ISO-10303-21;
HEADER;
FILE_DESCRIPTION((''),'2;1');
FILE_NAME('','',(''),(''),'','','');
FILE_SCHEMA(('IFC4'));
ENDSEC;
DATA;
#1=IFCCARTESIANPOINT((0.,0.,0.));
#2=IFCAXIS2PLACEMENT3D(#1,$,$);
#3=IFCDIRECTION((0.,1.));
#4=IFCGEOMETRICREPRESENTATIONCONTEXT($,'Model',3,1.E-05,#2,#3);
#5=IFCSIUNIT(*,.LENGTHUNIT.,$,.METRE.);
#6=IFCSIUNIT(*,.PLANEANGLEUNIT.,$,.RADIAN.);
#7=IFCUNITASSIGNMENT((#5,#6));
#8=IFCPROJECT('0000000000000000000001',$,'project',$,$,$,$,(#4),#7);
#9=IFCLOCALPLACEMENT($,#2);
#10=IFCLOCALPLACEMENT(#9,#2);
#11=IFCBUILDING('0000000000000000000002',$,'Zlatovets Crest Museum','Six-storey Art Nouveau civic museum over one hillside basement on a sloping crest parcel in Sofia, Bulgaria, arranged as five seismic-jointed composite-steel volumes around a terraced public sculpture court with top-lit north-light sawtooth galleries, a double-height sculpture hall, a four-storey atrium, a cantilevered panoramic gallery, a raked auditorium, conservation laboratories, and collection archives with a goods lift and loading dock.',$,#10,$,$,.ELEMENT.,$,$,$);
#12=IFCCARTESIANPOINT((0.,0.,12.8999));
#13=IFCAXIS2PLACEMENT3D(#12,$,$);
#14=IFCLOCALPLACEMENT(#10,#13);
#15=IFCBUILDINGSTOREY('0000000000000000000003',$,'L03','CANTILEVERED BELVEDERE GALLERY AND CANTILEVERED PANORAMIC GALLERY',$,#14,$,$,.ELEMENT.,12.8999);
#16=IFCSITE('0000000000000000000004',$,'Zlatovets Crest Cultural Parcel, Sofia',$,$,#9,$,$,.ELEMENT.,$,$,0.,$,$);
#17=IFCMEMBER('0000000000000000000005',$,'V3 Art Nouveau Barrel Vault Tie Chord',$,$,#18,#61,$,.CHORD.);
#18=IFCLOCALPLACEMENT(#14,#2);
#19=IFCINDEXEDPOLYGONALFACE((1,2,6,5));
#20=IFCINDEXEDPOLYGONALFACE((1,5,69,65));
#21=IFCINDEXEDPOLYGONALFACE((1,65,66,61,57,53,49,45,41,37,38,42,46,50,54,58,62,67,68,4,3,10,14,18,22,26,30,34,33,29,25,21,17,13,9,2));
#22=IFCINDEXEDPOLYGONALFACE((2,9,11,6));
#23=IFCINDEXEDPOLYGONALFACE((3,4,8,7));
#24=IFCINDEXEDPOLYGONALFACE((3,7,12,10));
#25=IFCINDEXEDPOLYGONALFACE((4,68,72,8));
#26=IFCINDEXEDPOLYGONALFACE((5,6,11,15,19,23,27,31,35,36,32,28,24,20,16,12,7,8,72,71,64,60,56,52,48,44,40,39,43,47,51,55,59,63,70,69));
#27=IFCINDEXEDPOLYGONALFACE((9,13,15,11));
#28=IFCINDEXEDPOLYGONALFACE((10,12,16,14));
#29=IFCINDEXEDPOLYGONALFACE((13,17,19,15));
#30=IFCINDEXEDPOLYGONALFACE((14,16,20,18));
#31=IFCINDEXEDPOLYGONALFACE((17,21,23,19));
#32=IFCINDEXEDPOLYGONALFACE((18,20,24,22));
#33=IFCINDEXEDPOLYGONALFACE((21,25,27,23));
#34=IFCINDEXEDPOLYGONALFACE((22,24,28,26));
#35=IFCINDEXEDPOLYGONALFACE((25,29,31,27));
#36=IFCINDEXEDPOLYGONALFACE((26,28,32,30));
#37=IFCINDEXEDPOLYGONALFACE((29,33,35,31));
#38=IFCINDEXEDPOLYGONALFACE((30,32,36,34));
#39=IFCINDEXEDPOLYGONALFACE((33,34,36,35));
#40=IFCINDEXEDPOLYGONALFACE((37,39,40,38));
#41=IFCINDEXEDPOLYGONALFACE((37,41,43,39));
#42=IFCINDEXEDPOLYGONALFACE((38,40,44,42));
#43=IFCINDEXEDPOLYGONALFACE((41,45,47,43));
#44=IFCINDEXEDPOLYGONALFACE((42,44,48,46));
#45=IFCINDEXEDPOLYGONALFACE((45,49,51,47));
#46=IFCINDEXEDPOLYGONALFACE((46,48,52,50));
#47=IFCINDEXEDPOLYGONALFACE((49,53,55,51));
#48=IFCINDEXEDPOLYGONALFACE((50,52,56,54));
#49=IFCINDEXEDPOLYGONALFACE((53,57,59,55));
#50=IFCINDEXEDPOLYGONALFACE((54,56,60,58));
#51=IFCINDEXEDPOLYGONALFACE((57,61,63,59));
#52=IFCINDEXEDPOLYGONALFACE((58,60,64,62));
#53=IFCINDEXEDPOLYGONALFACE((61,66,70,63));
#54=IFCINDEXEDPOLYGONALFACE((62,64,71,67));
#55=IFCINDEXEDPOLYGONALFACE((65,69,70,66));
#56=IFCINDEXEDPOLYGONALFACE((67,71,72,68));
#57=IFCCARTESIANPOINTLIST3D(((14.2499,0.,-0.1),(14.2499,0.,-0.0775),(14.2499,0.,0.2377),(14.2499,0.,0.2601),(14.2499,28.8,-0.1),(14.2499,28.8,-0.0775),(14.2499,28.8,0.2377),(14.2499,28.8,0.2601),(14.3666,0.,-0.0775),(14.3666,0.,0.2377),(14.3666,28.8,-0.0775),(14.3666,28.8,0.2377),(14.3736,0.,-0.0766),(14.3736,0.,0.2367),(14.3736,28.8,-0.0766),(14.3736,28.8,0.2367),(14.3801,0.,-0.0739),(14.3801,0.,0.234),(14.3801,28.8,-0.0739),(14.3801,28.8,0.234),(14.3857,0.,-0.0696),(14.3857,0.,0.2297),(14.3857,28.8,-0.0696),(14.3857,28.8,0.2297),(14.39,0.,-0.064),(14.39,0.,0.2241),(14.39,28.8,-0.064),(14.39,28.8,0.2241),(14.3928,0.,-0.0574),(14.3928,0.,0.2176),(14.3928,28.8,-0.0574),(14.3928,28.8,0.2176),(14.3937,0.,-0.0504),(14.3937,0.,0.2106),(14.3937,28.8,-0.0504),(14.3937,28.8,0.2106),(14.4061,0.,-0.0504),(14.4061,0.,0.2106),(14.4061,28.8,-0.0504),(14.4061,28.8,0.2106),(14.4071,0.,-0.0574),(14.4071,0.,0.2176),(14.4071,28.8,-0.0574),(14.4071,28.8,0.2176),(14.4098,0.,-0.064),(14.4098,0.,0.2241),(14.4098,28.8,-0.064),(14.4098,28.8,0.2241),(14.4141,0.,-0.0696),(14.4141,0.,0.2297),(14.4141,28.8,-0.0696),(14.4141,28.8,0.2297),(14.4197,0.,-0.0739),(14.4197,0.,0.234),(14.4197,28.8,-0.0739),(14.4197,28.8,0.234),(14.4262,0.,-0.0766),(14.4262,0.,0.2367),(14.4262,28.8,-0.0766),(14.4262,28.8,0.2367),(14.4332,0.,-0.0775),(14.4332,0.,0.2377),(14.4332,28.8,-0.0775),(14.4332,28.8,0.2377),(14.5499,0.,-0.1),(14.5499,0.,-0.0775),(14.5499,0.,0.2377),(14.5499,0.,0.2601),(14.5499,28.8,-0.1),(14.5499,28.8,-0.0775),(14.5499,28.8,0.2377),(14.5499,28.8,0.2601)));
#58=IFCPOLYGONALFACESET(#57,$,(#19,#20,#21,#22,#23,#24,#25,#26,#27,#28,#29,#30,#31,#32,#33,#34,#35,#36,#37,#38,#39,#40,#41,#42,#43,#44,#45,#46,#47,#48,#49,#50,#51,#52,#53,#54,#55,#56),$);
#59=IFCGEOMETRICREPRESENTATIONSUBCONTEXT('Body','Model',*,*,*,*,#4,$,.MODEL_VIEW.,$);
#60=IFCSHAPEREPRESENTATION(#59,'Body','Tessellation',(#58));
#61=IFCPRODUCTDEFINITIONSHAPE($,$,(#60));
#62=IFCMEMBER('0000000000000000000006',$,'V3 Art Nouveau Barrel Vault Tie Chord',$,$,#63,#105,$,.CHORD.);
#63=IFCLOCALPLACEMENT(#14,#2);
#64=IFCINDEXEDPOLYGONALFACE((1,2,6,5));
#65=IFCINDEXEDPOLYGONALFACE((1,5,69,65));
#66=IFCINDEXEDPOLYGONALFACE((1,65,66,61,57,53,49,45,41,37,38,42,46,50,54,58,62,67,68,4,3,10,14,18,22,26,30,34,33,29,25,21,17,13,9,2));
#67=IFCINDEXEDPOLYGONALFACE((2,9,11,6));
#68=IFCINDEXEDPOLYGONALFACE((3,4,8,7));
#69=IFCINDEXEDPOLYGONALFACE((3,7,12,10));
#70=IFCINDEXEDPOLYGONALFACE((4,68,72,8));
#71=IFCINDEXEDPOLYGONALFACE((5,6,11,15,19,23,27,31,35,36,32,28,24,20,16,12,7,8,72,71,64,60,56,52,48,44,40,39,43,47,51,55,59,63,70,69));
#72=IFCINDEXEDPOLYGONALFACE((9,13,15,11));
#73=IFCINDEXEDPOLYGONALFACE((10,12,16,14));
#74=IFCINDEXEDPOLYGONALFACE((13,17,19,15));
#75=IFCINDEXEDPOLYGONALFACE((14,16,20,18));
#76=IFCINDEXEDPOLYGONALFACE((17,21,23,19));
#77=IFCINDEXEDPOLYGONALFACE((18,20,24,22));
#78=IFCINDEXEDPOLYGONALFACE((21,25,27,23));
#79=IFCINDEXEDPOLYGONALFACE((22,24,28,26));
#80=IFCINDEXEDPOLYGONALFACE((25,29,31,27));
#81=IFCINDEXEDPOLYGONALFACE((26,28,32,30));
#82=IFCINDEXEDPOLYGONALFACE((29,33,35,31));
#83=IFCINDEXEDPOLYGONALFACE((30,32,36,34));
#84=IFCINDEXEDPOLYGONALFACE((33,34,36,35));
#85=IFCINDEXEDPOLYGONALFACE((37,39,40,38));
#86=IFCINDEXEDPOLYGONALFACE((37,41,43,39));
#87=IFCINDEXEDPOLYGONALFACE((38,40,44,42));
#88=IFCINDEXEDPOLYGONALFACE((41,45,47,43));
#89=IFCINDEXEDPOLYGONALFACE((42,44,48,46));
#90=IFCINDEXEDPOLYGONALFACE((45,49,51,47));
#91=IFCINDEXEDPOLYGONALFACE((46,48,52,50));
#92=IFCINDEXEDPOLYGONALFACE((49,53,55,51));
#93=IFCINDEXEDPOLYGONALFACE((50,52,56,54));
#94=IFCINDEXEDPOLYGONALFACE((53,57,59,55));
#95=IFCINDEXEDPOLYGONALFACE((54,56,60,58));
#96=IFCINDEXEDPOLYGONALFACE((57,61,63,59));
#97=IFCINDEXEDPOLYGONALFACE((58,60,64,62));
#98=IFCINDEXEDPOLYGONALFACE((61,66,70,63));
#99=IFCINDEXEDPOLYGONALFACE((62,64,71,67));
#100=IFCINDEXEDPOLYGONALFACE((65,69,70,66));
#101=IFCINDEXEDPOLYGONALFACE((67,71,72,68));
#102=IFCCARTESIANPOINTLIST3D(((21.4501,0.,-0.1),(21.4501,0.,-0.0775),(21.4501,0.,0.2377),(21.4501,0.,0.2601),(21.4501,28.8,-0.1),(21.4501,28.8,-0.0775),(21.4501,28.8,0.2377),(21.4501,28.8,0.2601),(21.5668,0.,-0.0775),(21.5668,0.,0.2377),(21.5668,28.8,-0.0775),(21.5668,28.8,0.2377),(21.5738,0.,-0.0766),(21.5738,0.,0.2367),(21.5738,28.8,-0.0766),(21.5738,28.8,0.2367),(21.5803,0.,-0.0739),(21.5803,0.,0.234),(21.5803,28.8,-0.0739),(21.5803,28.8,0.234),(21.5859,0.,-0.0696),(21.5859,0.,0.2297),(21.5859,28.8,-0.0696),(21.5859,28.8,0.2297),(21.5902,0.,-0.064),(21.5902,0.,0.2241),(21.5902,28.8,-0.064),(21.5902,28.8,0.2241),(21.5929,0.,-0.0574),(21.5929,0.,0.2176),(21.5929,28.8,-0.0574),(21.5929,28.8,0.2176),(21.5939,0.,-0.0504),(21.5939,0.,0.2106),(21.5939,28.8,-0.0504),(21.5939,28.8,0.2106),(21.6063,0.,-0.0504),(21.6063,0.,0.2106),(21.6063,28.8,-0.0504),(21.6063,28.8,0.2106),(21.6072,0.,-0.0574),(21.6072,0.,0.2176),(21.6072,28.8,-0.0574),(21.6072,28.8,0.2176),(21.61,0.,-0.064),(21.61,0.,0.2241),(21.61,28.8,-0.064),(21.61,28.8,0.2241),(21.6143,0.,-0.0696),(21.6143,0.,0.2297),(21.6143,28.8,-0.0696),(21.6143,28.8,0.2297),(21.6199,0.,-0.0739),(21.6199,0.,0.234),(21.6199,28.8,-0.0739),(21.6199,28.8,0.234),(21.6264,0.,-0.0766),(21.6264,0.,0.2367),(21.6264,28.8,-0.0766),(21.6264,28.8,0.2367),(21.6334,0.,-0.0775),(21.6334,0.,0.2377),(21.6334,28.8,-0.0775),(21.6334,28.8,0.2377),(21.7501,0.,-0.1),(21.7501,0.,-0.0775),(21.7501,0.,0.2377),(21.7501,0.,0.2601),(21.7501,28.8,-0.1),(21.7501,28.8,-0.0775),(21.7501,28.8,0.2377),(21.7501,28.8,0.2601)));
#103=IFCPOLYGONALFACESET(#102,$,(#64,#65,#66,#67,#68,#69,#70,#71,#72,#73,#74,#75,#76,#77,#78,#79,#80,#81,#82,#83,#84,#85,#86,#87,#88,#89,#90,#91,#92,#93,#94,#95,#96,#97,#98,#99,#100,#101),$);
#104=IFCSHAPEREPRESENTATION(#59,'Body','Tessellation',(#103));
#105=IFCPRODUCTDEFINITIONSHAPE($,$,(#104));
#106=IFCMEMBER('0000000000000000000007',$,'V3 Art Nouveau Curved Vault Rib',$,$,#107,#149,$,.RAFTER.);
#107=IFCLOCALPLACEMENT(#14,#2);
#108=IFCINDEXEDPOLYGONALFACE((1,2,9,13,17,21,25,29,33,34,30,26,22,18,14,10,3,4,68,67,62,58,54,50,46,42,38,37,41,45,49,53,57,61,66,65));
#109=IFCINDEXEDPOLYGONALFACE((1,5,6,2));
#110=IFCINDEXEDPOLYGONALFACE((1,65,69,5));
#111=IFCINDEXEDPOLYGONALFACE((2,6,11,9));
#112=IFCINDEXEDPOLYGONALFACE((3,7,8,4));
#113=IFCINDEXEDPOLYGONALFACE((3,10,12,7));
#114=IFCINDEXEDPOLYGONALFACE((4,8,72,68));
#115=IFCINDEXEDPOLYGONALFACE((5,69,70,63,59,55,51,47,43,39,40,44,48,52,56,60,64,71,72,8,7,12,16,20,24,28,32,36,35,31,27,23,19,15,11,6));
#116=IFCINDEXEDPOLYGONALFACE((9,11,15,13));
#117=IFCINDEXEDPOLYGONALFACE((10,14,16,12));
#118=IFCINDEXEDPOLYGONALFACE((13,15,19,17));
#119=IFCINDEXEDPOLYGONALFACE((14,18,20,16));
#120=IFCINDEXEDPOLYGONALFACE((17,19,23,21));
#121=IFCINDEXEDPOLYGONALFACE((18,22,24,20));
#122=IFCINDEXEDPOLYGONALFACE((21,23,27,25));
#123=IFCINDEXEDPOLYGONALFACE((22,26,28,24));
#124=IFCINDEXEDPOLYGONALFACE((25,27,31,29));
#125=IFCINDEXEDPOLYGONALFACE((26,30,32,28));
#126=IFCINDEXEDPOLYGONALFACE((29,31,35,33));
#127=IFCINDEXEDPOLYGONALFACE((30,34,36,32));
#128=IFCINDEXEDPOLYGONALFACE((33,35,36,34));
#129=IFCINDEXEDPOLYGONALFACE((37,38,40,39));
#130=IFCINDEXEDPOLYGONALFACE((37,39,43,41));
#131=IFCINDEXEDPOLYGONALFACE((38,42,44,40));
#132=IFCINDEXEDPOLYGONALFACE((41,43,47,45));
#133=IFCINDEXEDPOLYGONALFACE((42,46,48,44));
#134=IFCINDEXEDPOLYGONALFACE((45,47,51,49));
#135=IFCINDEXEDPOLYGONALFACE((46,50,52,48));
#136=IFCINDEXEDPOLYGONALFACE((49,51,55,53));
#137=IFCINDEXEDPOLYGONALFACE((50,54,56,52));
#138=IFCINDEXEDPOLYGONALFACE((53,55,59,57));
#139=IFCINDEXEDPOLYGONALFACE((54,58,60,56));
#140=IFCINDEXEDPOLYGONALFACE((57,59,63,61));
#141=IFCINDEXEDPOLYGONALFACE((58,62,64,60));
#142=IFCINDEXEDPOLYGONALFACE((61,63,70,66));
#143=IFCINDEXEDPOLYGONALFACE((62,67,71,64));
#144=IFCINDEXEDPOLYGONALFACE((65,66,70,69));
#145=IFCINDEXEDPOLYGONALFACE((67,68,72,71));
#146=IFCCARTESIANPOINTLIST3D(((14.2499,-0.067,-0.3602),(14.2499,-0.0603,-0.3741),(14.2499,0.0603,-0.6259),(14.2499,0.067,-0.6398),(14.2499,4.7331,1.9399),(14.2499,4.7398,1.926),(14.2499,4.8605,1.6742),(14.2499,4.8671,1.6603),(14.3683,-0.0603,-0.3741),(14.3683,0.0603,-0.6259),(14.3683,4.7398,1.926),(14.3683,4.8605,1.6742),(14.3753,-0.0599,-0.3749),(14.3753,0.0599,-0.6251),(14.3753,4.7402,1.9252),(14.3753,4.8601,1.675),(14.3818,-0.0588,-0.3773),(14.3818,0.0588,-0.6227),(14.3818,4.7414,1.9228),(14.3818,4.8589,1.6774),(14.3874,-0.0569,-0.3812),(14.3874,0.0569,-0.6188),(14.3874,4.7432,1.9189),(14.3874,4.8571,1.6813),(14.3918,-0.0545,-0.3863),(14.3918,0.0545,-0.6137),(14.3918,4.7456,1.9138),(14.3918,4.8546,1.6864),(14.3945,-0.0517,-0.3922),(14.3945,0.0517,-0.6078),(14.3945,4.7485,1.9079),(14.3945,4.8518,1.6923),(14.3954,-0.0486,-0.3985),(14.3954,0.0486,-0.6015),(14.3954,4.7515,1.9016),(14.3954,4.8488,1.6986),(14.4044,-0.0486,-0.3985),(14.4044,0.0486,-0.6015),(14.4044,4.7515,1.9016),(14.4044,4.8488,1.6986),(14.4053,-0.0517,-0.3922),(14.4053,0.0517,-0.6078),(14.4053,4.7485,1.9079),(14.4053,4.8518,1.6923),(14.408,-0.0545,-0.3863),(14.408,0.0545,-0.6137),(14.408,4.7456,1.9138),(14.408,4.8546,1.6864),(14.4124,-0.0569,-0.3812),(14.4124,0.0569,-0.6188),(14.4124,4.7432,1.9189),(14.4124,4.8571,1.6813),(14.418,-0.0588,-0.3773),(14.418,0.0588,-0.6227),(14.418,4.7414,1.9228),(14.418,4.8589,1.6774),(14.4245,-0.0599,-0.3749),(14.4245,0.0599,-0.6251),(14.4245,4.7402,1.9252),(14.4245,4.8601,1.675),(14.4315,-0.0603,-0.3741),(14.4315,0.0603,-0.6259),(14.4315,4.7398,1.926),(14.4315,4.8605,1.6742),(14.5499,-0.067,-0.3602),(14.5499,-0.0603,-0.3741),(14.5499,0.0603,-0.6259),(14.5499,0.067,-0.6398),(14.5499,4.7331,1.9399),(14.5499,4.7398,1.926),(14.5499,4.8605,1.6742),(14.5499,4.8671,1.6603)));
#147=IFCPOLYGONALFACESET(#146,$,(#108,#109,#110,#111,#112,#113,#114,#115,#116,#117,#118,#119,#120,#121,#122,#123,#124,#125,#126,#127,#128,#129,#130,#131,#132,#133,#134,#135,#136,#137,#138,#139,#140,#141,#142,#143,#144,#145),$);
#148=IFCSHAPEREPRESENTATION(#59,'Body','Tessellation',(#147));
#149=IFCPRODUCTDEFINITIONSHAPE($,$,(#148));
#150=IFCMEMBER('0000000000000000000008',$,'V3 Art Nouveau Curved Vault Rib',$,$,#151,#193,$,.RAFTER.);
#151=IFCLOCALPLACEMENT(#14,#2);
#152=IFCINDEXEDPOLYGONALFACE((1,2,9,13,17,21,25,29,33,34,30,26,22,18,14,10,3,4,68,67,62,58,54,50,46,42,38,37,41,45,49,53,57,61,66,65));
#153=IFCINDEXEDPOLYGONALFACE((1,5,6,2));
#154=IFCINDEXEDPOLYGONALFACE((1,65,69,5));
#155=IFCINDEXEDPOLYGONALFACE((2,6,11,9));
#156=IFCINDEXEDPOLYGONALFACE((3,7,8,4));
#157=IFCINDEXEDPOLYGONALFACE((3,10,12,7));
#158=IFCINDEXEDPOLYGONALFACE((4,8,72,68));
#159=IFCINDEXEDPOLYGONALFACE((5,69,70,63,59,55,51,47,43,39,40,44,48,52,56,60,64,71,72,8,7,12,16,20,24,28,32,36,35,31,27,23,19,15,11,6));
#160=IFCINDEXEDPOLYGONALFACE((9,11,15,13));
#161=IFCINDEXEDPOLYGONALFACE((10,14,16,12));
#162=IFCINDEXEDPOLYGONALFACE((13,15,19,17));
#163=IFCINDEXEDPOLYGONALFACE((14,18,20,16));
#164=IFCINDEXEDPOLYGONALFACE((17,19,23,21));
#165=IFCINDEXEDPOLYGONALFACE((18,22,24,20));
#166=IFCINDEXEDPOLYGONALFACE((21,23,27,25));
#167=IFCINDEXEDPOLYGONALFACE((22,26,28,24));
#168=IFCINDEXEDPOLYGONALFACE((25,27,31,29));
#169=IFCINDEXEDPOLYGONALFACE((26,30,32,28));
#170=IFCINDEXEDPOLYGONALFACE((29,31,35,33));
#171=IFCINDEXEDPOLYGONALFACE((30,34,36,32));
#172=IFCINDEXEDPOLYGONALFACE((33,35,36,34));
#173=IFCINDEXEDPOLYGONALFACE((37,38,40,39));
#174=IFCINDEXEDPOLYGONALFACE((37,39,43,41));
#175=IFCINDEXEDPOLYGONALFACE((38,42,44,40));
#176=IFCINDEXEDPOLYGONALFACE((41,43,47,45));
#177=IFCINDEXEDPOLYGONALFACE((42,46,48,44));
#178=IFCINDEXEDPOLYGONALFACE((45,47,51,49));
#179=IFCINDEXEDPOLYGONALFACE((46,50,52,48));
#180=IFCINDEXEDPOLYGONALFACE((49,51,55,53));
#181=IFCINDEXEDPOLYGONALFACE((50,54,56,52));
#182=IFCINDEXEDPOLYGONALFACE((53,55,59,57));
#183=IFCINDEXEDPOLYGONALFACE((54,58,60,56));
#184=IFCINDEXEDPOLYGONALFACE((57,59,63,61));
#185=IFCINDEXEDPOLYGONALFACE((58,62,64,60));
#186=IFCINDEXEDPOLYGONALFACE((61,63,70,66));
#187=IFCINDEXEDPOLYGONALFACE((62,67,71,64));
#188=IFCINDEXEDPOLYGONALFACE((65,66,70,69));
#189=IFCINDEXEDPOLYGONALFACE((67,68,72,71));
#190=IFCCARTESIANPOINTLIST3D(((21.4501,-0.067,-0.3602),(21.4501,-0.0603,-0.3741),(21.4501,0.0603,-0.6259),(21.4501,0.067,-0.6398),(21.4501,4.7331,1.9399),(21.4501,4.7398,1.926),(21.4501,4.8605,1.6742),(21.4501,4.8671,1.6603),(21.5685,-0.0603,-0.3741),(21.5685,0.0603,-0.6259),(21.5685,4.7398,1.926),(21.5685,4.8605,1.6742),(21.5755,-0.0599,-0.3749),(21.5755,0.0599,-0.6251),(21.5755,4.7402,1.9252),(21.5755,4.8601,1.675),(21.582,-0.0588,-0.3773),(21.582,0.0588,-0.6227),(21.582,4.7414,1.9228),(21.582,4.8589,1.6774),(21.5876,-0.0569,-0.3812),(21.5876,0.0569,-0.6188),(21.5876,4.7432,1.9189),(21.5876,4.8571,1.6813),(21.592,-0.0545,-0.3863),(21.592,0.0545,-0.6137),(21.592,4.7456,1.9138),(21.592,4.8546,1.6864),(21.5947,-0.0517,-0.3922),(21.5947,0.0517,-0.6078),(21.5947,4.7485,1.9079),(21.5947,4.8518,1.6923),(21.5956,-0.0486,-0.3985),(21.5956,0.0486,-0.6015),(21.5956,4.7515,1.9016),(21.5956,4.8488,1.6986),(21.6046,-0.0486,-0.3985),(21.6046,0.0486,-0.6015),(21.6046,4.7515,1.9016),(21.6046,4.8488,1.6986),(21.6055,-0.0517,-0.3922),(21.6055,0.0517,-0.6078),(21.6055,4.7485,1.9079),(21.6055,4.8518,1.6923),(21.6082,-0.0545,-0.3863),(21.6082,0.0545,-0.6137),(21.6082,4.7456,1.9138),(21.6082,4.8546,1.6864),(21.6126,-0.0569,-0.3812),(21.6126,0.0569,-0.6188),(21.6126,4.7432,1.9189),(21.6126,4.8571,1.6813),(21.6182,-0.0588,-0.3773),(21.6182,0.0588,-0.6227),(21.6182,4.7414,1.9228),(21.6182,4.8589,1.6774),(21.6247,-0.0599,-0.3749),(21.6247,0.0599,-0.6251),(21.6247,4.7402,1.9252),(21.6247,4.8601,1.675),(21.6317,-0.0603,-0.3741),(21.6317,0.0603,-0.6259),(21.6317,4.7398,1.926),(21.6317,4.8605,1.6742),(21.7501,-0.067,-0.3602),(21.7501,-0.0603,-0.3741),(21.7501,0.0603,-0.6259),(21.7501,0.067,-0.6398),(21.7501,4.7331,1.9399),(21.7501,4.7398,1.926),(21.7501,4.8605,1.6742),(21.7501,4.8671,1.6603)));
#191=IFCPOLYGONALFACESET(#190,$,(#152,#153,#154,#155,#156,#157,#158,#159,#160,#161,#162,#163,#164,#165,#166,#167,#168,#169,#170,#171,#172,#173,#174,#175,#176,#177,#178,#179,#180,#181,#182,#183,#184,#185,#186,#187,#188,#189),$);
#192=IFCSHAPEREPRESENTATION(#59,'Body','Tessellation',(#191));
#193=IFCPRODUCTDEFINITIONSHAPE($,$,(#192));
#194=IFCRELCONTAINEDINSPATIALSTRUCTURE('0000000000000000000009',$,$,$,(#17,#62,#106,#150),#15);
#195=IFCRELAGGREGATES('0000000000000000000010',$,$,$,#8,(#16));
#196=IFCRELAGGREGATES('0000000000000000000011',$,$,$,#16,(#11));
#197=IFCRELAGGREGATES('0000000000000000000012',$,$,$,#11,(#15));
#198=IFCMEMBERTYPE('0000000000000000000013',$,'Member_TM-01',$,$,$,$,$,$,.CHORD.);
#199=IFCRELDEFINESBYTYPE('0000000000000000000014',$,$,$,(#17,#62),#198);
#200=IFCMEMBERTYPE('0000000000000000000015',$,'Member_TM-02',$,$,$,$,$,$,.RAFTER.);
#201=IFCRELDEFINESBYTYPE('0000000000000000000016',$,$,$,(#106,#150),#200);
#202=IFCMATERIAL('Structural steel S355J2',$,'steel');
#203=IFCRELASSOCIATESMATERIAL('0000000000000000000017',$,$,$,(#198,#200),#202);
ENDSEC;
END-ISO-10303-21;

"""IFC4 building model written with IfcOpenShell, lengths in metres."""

from ifc_helpers import new_model, si_unit, direction, frame, origin, origin_2d, place, context, subcontext, project, spatial, i_section, extrude, material, material_profile, profile_set, type_object, element, save


model = new_model("IFC4")

# Units and contexts
model_context = context("Model", 3, precision=1e-05, world=origin(), true_north=direction((0.0, 1.0)))
body_context = subcontext(model_context, "Body", "Model", "MODEL_VIEW")
ifc_project = project(units=[si_unit("LENGTHUNIT", "METRE"), si_unit("PLANEANGLEUNIT", "RADIAN")], contexts=[model_context])

# Site, building, storey
site_placement = place(None, origin())
site = spatial("IfcSite", under=ifc_project, at=site_placement, Name="Zlatovets Crest Cultural Parcel, Sofia", CompositionType="ELEMENT", RefElevation=0.0)
building_placement = place(site_placement, origin())
building = spatial("IfcBuilding", under=site, at=building_placement, Name="Zlatovets Crest Museum", Description="Six-storey Art Nouveau civic museum over one hillside basement on a sloping crest parcel in Sofia, Bulgaria, arranged as five seismic-jointed composite-steel volumes around a terraced public sculpture court with top-lit north-light sawtooth galleries, a double-height sculpture hall, a four-storey atrium, a cantilevered panoramic gallery, a raked auditorium, conservation laboratories, and collection archives with a goods lift and loading dock.", CompositionType="ELEMENT")
storey_placement = place(building_placement, frame((0.0, 0.0, 12.8999)))
storey = spatial("IfcBuildingStorey", under=building, at=storey_placement, Name="L03", Description="CANTILEVERED BELVEDERE GALLERY AND CANTILEVERED PANORAMIC GALLERY", CompositionType="ELEMENT", Elevation=12.8999)

# Shared definitions
ifc_material_1 = material(Name="Structural steel S355J2", Category="steel")

# Members
ifc_material_profile_1 = material_profile(ifc_material_1, i_section(OverallWidth=0.3, OverallDepth=0.3601, WebThickness=0.0125, FlangeThickness=0.0225, FilletRadius=0.0271, at=origin_2d()), Name="HEB 360")
ifc_profile_set_1 = profile_set([ifc_material_profile_1], Name="Structural steel S355J2")
member_type_1 = type_object("IfcMemberType", Name="Member_TM-01", PredefinedType="CHORD", material=ifc_profile_set_1)
for number, where, z_axis, x_axis, name in (
    (1, (14.3999, 0.0, 0.0801), (0.0, 1.0, 0.0), (-1.0, 0.0, 0.0), "V3 Art Nouveau Barrel Vault Tie Chord"),
    (2, (21.6001, 0.0, 0.0801), (0.0, 1.0, 0.0), (-1.0, 0.0, 0.0), "V3 Art Nouveau Barrel Vault Tie Chord"),
):
    element("IfcMember", number, at=place(storey_placement, frame(where, z_axis=z_axis, x_axis=x_axis)), inside=storey, type_object=member_type_1, Name=name, PredefinedType="CHORD", context=body_context, shape_type="SweptSolid", body=[
        extrude(i_section(OverallWidth=0.3, OverallDepth=0.3601, WebThickness=0.0125, FlangeThickness=0.0225, FilletRadius=0.0271, at=origin_2d()), origin(), (0.0, 0.0, 1.0), 28.8),
    ])
ifc_material_profile_2 = material_profile(ifc_material_1, i_section(OverallWidth=0.3, OverallDepth=0.3101, WebThickness=0.009, FlangeThickness=0.0154, FilletRadius=0.0271, at=origin_2d()), Name="HEA 320")
ifc_profile_set_2 = profile_set([ifc_material_profile_2], Name="Structural steel S355J2")
member_type_2 = type_object("IfcMemberType", Name="Member_TM-02", PredefinedType="RAFTER", material=ifc_profile_set_2)
for number, where, z_axis, x_axis, name in (
    (3, (14.3999, 0.0, -0.5), (0.0, 0.901814, 0.432124), (-1.0, 0.0, 0.0), "V3 Art Nouveau Curved Vault Rib"),
    (4, (21.6001, 0.0, -0.5), (0.0, 0.901814, 0.432124), (-1.0, 0.0, 0.0), "V3 Art Nouveau Curved Vault Rib"),
):
    element("IfcMember", number, at=place(storey_placement, frame(where, z_axis=z_axis, x_axis=x_axis)), inside=storey, type_object=member_type_2, Name=name, PredefinedType="RAFTER", context=body_context, shape_type="SweptSolid", body=[
        extrude(i_section(OverallWidth=0.3, OverallDepth=0.3101, WebThickness=0.009, FlangeThickness=0.0154, FilletRadius=0.0271, at=origin_2d()), origin(), (0.0, 0.0, 1.0), 5.3228),
    ])

save(model, "model.ifc")
